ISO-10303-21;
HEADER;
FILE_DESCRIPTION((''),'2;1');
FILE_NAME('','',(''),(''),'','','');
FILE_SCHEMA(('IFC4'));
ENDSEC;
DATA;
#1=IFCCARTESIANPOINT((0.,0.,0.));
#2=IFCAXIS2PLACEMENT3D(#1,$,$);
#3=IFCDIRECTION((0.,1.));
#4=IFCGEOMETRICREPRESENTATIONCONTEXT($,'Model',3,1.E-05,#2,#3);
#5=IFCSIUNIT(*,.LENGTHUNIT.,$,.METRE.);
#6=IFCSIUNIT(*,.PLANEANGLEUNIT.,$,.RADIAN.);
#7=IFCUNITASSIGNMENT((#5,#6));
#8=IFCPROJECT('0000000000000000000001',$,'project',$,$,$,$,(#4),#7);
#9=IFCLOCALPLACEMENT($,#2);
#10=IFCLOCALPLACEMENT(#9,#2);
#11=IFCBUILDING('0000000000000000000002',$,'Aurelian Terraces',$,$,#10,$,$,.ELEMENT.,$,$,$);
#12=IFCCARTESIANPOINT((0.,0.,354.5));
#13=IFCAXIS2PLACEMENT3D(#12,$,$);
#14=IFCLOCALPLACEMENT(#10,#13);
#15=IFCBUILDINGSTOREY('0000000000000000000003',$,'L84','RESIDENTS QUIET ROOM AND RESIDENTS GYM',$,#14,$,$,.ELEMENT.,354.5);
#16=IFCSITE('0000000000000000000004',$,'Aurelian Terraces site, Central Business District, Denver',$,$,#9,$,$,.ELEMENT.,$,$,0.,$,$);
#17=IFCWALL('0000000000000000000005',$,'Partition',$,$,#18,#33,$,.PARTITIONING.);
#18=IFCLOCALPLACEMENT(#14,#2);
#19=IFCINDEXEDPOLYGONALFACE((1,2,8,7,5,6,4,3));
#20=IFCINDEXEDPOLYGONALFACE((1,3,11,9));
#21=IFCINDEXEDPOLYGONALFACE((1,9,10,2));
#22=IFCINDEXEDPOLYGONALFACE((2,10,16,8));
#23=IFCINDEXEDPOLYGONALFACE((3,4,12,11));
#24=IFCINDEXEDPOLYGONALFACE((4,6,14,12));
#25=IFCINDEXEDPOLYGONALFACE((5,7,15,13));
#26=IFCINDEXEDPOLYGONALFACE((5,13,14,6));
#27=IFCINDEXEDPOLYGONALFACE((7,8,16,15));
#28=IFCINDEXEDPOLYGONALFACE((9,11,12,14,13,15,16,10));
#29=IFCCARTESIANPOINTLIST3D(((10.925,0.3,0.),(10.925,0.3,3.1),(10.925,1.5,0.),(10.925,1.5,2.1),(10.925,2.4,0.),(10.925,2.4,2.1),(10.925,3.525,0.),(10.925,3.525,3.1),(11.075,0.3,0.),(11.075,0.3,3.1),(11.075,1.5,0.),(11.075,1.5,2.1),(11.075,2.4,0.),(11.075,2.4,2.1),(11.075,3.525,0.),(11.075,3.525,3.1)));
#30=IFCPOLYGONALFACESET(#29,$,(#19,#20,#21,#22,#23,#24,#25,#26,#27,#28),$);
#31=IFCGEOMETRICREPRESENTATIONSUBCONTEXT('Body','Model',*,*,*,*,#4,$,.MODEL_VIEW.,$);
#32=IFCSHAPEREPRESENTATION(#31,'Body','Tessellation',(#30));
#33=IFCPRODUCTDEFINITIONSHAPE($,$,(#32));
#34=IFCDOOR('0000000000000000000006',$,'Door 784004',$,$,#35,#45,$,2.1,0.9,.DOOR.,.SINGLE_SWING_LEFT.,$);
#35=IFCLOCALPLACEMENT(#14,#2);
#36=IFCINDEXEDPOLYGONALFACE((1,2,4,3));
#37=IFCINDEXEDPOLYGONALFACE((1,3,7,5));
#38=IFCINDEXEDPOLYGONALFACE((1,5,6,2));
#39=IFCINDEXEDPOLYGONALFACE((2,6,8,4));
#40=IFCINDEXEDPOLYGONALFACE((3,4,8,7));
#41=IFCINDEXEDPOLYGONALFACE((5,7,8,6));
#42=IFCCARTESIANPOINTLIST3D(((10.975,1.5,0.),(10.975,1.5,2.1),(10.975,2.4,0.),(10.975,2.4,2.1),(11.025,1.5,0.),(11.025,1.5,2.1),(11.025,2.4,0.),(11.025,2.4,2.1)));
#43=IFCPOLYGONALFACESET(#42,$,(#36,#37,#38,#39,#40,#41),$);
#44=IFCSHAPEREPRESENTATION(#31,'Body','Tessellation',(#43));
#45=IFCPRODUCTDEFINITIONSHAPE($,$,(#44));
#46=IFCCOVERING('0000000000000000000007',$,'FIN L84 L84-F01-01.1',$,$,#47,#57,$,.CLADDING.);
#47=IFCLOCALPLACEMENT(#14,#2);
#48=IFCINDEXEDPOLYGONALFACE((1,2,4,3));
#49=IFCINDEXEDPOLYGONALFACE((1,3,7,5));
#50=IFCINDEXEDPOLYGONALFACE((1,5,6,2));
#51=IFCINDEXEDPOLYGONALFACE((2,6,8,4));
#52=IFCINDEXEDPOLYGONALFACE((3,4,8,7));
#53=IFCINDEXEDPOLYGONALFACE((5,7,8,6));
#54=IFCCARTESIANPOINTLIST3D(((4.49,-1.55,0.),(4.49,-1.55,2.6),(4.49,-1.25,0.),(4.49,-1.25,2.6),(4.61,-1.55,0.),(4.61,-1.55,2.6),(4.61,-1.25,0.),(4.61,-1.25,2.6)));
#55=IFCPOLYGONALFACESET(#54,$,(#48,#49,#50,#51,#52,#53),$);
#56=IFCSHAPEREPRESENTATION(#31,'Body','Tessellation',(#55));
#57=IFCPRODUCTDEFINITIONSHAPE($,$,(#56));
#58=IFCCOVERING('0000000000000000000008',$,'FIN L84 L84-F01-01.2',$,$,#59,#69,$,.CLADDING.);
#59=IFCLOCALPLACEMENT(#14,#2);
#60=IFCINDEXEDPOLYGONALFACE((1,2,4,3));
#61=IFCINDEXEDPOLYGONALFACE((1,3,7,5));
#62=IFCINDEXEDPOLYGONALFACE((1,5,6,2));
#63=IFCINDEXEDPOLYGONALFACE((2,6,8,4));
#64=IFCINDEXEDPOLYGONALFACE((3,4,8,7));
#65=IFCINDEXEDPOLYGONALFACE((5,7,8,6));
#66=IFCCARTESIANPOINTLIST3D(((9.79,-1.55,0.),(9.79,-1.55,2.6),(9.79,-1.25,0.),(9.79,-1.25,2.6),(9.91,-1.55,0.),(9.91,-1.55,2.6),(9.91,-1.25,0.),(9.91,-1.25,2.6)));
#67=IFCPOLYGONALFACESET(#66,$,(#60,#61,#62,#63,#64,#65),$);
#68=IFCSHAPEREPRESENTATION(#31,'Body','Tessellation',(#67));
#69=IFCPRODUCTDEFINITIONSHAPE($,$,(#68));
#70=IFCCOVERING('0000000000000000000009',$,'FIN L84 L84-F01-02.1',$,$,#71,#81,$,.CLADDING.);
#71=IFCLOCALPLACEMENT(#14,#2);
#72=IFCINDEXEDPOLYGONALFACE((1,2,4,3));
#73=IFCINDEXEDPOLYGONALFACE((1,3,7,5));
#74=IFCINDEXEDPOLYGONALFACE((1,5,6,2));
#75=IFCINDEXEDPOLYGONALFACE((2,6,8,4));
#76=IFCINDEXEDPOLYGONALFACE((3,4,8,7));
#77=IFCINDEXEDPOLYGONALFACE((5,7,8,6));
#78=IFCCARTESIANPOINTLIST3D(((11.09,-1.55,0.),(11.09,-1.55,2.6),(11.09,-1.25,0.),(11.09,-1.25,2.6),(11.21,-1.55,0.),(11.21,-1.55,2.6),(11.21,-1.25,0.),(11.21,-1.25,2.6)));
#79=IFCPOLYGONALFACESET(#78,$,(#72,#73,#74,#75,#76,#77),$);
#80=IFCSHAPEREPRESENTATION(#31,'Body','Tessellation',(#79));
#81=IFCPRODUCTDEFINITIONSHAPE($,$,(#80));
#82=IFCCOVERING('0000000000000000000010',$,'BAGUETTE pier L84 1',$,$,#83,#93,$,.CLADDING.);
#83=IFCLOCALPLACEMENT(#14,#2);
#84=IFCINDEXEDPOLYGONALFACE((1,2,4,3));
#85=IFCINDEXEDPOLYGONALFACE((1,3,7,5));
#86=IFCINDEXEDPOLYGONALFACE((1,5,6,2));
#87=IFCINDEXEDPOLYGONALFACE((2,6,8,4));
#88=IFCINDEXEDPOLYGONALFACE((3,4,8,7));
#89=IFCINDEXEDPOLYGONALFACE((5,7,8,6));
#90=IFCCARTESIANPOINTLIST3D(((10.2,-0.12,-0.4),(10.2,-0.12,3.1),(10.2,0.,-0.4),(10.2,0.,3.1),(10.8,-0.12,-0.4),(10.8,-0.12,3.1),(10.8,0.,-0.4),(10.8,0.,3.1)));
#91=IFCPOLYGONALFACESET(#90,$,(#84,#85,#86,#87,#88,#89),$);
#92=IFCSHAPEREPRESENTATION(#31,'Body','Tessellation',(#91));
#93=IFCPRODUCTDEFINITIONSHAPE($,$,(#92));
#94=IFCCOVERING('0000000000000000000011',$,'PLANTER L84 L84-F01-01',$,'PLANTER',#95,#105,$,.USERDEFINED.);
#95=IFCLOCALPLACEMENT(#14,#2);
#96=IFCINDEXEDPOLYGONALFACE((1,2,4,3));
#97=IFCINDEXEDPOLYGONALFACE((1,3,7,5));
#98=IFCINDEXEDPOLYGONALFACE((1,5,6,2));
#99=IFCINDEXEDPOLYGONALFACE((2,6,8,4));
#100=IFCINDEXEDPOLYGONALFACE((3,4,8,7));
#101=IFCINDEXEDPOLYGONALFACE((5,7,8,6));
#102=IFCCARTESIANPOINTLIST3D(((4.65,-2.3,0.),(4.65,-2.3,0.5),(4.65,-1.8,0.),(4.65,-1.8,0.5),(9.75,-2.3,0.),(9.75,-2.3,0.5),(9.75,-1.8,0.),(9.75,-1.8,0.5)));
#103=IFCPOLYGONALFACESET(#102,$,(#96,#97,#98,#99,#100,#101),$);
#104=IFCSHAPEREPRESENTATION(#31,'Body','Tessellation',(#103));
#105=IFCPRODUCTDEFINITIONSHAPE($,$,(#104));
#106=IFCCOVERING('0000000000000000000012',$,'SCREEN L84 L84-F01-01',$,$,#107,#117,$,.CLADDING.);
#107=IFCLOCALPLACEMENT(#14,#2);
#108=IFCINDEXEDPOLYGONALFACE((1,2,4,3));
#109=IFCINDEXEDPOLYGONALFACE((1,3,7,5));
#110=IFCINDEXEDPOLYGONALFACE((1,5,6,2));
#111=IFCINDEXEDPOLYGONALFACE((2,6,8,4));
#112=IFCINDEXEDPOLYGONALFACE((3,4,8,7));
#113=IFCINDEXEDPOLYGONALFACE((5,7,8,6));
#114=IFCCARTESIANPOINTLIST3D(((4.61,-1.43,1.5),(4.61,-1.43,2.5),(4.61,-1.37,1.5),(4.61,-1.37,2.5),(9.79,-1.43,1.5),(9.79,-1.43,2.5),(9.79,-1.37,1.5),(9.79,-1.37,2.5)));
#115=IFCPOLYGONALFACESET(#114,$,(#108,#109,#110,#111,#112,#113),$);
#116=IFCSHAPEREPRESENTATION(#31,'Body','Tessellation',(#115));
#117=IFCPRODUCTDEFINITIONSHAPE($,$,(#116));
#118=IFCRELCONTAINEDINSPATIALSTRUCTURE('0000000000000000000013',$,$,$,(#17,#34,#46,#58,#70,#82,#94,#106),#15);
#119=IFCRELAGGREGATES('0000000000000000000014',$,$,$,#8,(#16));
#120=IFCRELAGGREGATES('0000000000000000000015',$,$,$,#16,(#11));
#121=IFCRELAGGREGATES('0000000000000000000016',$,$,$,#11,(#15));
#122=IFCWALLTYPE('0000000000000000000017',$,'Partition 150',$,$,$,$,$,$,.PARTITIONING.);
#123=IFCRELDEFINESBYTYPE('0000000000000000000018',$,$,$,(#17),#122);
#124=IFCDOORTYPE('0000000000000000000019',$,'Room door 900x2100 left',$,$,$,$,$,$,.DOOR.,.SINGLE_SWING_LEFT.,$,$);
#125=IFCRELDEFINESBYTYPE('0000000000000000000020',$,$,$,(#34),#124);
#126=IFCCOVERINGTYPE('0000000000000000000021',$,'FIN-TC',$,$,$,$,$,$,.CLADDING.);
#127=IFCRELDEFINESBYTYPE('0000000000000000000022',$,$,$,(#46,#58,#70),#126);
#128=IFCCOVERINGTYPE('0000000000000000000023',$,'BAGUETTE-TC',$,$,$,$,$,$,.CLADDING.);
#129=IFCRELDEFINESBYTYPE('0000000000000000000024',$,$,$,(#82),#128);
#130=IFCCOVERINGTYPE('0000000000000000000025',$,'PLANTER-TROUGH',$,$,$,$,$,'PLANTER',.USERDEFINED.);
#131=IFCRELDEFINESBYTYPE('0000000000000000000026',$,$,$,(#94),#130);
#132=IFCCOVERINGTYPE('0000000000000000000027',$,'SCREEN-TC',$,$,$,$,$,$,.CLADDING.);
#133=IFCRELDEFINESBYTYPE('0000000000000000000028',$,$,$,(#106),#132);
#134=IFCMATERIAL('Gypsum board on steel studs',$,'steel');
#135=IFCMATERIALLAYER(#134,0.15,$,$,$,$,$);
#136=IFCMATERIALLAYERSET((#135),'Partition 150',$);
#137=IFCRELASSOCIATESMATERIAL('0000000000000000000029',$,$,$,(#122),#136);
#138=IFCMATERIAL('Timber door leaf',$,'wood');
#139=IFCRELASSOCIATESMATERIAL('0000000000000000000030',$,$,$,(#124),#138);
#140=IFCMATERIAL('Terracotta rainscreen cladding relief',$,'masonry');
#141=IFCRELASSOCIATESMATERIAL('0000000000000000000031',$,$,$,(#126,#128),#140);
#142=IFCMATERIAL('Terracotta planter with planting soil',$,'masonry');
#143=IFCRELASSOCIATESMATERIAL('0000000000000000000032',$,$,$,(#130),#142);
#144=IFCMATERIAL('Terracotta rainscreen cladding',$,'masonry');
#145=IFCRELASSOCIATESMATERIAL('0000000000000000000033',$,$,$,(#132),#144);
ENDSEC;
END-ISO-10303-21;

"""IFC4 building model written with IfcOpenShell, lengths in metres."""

from ifc_helpers import new_model, si_unit, direction, frame, frame_2d, origin, origin_2d, place, context, subcontext, project, spatial, rectangle, extrude, source, transform, mapped, material, layer, layer_set, type_object, element, fill, save


model = new_model("IFC4")

# Units and contexts
model_context = context("Model", 3, precision=1e-05, world=origin(), true_north=direction((0.0, 1.0)))
body_context = subcontext(model_context, "Body", "Model", "MODEL_VIEW")
ifc_project = project(units=[si_unit("LENGTHUNIT", "METRE"), si_unit("PLANEANGLEUNIT", "RADIAN")], contexts=[model_context])

# Site, building, storey
site_placement = place(None, origin())
site = spatial("IfcSite", under=ifc_project, at=site_placement, Name="Aurelian Terraces site, Central Business District, Denver", CompositionType="ELEMENT", RefElevation=0.0)
building_placement = place(site_placement, origin())
building = spatial("IfcBuilding", under=site, at=building_placement, Name="Aurelian Terraces", CompositionType="ELEMENT")
storey_placement = place(building_placement, frame((0.0, 0.0, 354.5)))
storey = spatial("IfcBuildingStorey", under=building, at=storey_placement, Name="L84", Description="RESIDENTS QUIET ROOM AND RESIDENTS GYM", CompositionType="ELEMENT", Elevation=354.5)

# Shared definitions
ifc_material_1 = material(Name="Terracotta rainscreen cladding", Category="masonry")

# Wall, opening, door
ifc_material_2 = material(Name="Gypsum board on steel studs", Category="steel")
ifc_layer_1 = layer(ifc_material_2, 0.15)
ifc_layer_set_1 = layer_set([ifc_layer_1], Name="Partition 150")
wall_type_1 = type_object("IfcWallType", Name="Partition 150", PredefinedType="PARTITIONING", material=ifc_layer_set_1)
shared_shape_1 = source(origin(), body_context, "Body", "SweptSolid", [
    extrude(rectangle(XDim=3.225, YDim=0.15, at=frame_2d((1.6125, 0.0))), origin(), (0.0, 0.0, 1.0), 3.1),
])
shared_shape_2 = source(origin(), body_context, "Body", "SweptSolid", [
    extrude(rectangle(XDim=0.9, YDim=2.1, at=frame_2d((0.45, 1.05))), frame((0.0, 0.085, 0.0), z_axis=(0.0, -1.0, 0.0), x_axis=(1.0, 0.0, 0.0)), (0.0, 0.0, 1.0), 0.17),
])
ifc_material_3 = material(Name="Timber door leaf", Category="wood")
shared_shape_3 = source(origin(), body_context, "Body", "SweptSolid", [
    extrude(rectangle(XDim=0.9, YDim=2.1, at=frame_2d((0.45, 1.05))), frame((0.0, 0.025, 0.0), z_axis=(0.0, -1.0, 0.0), x_axis=(1.0, 0.0, 0.0)), (0.0, 0.0, 1.0), 0.05),
])
wall_1_placement = place(storey_placement, frame((11.0, 3.525, 0.0), z_axis=(0.0, 0.0, 1.0), x_axis=(0.0, -1.0, 0.0)))
wall_1 = element("IfcWall", 1, at=wall_1_placement, inside=storey, type_object=wall_type_1, Name="Partition", PredefinedType="PARTITIONING", context=body_context, shape_type="MappedRepresentation", body=[
    mapped(shared_shape_1, transform((0.0, 0.0, 0.0), scale=1.0)),
])
opening_1_placement = place(wall_1_placement, frame((1.125, 0.0, 0.0)))
opening_1 = element("IfcOpeningElement", 2, at=opening_1_placement, cuts=wall_1, PredefinedType="OPENING", context=body_context, shape_type="MappedRepresentation", body=[
    mapped(shared_shape_2, transform((0.0, 0.0, 0.0), scale=1.0)),
])
door_type_1 = type_object("IfcDoorType", Name="Room door 900x2100 left", OperationType="SINGLE_SWING_LEFT", PredefinedType="DOOR", material=ifc_material_3)
door_1_placement = place(opening_1_placement, origin())
door_1 = element("IfcDoor", 3, at=door_1_placement, inside=storey, type_object=door_type_1, Name="Door 784004", OperationType="SINGLE_SWING_LEFT", OverallHeight=2.1, OverallWidth=0.9, PredefinedType="DOOR", context=body_context, shape_type="MappedRepresentation", body=[
    mapped(shared_shape_3, transform((0.0, 0.0, 0.0), scale=1.0)),
])
fill(opening_1, door_1)

# Coverings
ifc_material_4 = material(Name="Terracotta rainscreen cladding relief", Category="masonry")
covering_type_1 = type_object("IfcCoveringType", Name="FIN-TC", PredefinedType="CLADDING", material=ifc_material_4)
shared_shape_4 = source(origin(), body_context, "Body", "SweptSolid", [
    extrude(rectangle(XDim=0.12, YDim=0.3, at=origin_2d()), origin(), (0.0, 0.0, 1.0), 2.6),
])
for number, where, z_axis, x_axis, name in (
    (4, (4.55, -1.4, 0.0), (0.0, 0.0, 1.0), (1.0, 0.0, 0.0), "FIN L84 L84-F01-01.1"),
    (5, (9.85, -1.4, 0.0), (0.0, 0.0, 1.0), (1.0, 0.0, 0.0), "FIN L84 L84-F01-01.2"),
    (6, (11.15, -1.4, 0.0), (0.0, 0.0, 1.0), (1.0, 0.0, 0.0), "FIN L84 L84-F01-02.1"),
):
    element("IfcCovering", number, at=place(storey_placement, frame(where, z_axis=z_axis, x_axis=x_axis)), inside=storey, type_object=covering_type_1, Name=name, PredefinedType="CLADDING", context=body_context, shape_type="MappedRepresentation", body=[
        mapped(shared_shape_4, transform((0.0, 0.0, 0.0), scale=1.0)),
    ])
covering_type_2 = type_object("IfcCoveringType", Name="BAGUETTE-TC", PredefinedType="CLADDING", material=ifc_material_4)
shared_shape_5 = source(origin(), body_context, "Body", "SweptSolid", [
    extrude(rectangle(XDim=0.6, YDim=0.12, at=origin_2d()), origin(), (0.0, 0.0, 1.0), 3.5),
])
covering_1_placement = place(storey_placement, frame((10.5, -0.06, -0.4), z_axis=(0.0, 0.0, 1.0), x_axis=(1.0, 0.0, 0.0)))
element("IfcCovering", 7, at=covering_1_placement, inside=storey, type_object=covering_type_2, Name="BAGUETTE pier L84 1", PredefinedType="CLADDING", context=body_context, shape_type="MappedRepresentation", body=[
    mapped(shared_shape_5, transform((0.0, 0.0, 0.0), scale=1.0)),
])

# Coverings
ifc_material_5 = material(Name="Terracotta planter with planting soil", Category="masonry")
covering_type_3 = type_object("IfcCoveringType", Name="PLANTER-TROUGH", ElementType="PLANTER", PredefinedType="USERDEFINED", material=ifc_material_5)
shared_shape_6 = source(origin(), body_context, "Body", "SweptSolid", [
    extrude(rectangle(XDim=5.1, YDim=0.5, at=origin_2d()), origin(), (0.0, 0.0, 1.0), 0.5),
])
covering_2_placement = place(storey_placement, frame((7.2, -2.05, 0.0), z_axis=(0.0, 0.0, 1.0), x_axis=(1.0, 0.0, 0.0)))
element("IfcCovering", 8, at=covering_2_placement, inside=storey, type_object=covering_type_3, Name="PLANTER L84 L84-F01-01", ObjectType="PLANTER", PredefinedType="USERDEFINED", context=body_context, shape_type="MappedRepresentation", body=[
    mapped(shared_shape_6, transform((0.0, 0.0, 0.0), scale=1.0)),
])
covering_type_4 = type_object("IfcCoveringType", Name="SCREEN-TC", PredefinedType="CLADDING", material=ifc_material_1)
shared_shape_7 = source(origin(), body_context, "Body", "SweptSolid", [
    extrude(rectangle(XDim=5.18, YDim=0.06, at=origin_2d()), origin(), (0.0, 0.0, 1.0), 1.0),
])
covering_3_placement = place(storey_placement, frame((7.2, -1.4, 1.5), z_axis=(0.0, 0.0, 1.0), x_axis=(1.0, 0.0, 0.0)))
element("IfcCovering", 9, at=covering_3_placement, inside=storey, type_object=covering_type_4, Name="SCREEN L84 L84-F01-01", PredefinedType="CLADDING", context=body_context, shape_type="MappedRepresentation", body=[
    mapped(shared_shape_7, transform((0.0, 0.0, 0.0), scale=1.0)),
])

save(model, "model.ifc")
